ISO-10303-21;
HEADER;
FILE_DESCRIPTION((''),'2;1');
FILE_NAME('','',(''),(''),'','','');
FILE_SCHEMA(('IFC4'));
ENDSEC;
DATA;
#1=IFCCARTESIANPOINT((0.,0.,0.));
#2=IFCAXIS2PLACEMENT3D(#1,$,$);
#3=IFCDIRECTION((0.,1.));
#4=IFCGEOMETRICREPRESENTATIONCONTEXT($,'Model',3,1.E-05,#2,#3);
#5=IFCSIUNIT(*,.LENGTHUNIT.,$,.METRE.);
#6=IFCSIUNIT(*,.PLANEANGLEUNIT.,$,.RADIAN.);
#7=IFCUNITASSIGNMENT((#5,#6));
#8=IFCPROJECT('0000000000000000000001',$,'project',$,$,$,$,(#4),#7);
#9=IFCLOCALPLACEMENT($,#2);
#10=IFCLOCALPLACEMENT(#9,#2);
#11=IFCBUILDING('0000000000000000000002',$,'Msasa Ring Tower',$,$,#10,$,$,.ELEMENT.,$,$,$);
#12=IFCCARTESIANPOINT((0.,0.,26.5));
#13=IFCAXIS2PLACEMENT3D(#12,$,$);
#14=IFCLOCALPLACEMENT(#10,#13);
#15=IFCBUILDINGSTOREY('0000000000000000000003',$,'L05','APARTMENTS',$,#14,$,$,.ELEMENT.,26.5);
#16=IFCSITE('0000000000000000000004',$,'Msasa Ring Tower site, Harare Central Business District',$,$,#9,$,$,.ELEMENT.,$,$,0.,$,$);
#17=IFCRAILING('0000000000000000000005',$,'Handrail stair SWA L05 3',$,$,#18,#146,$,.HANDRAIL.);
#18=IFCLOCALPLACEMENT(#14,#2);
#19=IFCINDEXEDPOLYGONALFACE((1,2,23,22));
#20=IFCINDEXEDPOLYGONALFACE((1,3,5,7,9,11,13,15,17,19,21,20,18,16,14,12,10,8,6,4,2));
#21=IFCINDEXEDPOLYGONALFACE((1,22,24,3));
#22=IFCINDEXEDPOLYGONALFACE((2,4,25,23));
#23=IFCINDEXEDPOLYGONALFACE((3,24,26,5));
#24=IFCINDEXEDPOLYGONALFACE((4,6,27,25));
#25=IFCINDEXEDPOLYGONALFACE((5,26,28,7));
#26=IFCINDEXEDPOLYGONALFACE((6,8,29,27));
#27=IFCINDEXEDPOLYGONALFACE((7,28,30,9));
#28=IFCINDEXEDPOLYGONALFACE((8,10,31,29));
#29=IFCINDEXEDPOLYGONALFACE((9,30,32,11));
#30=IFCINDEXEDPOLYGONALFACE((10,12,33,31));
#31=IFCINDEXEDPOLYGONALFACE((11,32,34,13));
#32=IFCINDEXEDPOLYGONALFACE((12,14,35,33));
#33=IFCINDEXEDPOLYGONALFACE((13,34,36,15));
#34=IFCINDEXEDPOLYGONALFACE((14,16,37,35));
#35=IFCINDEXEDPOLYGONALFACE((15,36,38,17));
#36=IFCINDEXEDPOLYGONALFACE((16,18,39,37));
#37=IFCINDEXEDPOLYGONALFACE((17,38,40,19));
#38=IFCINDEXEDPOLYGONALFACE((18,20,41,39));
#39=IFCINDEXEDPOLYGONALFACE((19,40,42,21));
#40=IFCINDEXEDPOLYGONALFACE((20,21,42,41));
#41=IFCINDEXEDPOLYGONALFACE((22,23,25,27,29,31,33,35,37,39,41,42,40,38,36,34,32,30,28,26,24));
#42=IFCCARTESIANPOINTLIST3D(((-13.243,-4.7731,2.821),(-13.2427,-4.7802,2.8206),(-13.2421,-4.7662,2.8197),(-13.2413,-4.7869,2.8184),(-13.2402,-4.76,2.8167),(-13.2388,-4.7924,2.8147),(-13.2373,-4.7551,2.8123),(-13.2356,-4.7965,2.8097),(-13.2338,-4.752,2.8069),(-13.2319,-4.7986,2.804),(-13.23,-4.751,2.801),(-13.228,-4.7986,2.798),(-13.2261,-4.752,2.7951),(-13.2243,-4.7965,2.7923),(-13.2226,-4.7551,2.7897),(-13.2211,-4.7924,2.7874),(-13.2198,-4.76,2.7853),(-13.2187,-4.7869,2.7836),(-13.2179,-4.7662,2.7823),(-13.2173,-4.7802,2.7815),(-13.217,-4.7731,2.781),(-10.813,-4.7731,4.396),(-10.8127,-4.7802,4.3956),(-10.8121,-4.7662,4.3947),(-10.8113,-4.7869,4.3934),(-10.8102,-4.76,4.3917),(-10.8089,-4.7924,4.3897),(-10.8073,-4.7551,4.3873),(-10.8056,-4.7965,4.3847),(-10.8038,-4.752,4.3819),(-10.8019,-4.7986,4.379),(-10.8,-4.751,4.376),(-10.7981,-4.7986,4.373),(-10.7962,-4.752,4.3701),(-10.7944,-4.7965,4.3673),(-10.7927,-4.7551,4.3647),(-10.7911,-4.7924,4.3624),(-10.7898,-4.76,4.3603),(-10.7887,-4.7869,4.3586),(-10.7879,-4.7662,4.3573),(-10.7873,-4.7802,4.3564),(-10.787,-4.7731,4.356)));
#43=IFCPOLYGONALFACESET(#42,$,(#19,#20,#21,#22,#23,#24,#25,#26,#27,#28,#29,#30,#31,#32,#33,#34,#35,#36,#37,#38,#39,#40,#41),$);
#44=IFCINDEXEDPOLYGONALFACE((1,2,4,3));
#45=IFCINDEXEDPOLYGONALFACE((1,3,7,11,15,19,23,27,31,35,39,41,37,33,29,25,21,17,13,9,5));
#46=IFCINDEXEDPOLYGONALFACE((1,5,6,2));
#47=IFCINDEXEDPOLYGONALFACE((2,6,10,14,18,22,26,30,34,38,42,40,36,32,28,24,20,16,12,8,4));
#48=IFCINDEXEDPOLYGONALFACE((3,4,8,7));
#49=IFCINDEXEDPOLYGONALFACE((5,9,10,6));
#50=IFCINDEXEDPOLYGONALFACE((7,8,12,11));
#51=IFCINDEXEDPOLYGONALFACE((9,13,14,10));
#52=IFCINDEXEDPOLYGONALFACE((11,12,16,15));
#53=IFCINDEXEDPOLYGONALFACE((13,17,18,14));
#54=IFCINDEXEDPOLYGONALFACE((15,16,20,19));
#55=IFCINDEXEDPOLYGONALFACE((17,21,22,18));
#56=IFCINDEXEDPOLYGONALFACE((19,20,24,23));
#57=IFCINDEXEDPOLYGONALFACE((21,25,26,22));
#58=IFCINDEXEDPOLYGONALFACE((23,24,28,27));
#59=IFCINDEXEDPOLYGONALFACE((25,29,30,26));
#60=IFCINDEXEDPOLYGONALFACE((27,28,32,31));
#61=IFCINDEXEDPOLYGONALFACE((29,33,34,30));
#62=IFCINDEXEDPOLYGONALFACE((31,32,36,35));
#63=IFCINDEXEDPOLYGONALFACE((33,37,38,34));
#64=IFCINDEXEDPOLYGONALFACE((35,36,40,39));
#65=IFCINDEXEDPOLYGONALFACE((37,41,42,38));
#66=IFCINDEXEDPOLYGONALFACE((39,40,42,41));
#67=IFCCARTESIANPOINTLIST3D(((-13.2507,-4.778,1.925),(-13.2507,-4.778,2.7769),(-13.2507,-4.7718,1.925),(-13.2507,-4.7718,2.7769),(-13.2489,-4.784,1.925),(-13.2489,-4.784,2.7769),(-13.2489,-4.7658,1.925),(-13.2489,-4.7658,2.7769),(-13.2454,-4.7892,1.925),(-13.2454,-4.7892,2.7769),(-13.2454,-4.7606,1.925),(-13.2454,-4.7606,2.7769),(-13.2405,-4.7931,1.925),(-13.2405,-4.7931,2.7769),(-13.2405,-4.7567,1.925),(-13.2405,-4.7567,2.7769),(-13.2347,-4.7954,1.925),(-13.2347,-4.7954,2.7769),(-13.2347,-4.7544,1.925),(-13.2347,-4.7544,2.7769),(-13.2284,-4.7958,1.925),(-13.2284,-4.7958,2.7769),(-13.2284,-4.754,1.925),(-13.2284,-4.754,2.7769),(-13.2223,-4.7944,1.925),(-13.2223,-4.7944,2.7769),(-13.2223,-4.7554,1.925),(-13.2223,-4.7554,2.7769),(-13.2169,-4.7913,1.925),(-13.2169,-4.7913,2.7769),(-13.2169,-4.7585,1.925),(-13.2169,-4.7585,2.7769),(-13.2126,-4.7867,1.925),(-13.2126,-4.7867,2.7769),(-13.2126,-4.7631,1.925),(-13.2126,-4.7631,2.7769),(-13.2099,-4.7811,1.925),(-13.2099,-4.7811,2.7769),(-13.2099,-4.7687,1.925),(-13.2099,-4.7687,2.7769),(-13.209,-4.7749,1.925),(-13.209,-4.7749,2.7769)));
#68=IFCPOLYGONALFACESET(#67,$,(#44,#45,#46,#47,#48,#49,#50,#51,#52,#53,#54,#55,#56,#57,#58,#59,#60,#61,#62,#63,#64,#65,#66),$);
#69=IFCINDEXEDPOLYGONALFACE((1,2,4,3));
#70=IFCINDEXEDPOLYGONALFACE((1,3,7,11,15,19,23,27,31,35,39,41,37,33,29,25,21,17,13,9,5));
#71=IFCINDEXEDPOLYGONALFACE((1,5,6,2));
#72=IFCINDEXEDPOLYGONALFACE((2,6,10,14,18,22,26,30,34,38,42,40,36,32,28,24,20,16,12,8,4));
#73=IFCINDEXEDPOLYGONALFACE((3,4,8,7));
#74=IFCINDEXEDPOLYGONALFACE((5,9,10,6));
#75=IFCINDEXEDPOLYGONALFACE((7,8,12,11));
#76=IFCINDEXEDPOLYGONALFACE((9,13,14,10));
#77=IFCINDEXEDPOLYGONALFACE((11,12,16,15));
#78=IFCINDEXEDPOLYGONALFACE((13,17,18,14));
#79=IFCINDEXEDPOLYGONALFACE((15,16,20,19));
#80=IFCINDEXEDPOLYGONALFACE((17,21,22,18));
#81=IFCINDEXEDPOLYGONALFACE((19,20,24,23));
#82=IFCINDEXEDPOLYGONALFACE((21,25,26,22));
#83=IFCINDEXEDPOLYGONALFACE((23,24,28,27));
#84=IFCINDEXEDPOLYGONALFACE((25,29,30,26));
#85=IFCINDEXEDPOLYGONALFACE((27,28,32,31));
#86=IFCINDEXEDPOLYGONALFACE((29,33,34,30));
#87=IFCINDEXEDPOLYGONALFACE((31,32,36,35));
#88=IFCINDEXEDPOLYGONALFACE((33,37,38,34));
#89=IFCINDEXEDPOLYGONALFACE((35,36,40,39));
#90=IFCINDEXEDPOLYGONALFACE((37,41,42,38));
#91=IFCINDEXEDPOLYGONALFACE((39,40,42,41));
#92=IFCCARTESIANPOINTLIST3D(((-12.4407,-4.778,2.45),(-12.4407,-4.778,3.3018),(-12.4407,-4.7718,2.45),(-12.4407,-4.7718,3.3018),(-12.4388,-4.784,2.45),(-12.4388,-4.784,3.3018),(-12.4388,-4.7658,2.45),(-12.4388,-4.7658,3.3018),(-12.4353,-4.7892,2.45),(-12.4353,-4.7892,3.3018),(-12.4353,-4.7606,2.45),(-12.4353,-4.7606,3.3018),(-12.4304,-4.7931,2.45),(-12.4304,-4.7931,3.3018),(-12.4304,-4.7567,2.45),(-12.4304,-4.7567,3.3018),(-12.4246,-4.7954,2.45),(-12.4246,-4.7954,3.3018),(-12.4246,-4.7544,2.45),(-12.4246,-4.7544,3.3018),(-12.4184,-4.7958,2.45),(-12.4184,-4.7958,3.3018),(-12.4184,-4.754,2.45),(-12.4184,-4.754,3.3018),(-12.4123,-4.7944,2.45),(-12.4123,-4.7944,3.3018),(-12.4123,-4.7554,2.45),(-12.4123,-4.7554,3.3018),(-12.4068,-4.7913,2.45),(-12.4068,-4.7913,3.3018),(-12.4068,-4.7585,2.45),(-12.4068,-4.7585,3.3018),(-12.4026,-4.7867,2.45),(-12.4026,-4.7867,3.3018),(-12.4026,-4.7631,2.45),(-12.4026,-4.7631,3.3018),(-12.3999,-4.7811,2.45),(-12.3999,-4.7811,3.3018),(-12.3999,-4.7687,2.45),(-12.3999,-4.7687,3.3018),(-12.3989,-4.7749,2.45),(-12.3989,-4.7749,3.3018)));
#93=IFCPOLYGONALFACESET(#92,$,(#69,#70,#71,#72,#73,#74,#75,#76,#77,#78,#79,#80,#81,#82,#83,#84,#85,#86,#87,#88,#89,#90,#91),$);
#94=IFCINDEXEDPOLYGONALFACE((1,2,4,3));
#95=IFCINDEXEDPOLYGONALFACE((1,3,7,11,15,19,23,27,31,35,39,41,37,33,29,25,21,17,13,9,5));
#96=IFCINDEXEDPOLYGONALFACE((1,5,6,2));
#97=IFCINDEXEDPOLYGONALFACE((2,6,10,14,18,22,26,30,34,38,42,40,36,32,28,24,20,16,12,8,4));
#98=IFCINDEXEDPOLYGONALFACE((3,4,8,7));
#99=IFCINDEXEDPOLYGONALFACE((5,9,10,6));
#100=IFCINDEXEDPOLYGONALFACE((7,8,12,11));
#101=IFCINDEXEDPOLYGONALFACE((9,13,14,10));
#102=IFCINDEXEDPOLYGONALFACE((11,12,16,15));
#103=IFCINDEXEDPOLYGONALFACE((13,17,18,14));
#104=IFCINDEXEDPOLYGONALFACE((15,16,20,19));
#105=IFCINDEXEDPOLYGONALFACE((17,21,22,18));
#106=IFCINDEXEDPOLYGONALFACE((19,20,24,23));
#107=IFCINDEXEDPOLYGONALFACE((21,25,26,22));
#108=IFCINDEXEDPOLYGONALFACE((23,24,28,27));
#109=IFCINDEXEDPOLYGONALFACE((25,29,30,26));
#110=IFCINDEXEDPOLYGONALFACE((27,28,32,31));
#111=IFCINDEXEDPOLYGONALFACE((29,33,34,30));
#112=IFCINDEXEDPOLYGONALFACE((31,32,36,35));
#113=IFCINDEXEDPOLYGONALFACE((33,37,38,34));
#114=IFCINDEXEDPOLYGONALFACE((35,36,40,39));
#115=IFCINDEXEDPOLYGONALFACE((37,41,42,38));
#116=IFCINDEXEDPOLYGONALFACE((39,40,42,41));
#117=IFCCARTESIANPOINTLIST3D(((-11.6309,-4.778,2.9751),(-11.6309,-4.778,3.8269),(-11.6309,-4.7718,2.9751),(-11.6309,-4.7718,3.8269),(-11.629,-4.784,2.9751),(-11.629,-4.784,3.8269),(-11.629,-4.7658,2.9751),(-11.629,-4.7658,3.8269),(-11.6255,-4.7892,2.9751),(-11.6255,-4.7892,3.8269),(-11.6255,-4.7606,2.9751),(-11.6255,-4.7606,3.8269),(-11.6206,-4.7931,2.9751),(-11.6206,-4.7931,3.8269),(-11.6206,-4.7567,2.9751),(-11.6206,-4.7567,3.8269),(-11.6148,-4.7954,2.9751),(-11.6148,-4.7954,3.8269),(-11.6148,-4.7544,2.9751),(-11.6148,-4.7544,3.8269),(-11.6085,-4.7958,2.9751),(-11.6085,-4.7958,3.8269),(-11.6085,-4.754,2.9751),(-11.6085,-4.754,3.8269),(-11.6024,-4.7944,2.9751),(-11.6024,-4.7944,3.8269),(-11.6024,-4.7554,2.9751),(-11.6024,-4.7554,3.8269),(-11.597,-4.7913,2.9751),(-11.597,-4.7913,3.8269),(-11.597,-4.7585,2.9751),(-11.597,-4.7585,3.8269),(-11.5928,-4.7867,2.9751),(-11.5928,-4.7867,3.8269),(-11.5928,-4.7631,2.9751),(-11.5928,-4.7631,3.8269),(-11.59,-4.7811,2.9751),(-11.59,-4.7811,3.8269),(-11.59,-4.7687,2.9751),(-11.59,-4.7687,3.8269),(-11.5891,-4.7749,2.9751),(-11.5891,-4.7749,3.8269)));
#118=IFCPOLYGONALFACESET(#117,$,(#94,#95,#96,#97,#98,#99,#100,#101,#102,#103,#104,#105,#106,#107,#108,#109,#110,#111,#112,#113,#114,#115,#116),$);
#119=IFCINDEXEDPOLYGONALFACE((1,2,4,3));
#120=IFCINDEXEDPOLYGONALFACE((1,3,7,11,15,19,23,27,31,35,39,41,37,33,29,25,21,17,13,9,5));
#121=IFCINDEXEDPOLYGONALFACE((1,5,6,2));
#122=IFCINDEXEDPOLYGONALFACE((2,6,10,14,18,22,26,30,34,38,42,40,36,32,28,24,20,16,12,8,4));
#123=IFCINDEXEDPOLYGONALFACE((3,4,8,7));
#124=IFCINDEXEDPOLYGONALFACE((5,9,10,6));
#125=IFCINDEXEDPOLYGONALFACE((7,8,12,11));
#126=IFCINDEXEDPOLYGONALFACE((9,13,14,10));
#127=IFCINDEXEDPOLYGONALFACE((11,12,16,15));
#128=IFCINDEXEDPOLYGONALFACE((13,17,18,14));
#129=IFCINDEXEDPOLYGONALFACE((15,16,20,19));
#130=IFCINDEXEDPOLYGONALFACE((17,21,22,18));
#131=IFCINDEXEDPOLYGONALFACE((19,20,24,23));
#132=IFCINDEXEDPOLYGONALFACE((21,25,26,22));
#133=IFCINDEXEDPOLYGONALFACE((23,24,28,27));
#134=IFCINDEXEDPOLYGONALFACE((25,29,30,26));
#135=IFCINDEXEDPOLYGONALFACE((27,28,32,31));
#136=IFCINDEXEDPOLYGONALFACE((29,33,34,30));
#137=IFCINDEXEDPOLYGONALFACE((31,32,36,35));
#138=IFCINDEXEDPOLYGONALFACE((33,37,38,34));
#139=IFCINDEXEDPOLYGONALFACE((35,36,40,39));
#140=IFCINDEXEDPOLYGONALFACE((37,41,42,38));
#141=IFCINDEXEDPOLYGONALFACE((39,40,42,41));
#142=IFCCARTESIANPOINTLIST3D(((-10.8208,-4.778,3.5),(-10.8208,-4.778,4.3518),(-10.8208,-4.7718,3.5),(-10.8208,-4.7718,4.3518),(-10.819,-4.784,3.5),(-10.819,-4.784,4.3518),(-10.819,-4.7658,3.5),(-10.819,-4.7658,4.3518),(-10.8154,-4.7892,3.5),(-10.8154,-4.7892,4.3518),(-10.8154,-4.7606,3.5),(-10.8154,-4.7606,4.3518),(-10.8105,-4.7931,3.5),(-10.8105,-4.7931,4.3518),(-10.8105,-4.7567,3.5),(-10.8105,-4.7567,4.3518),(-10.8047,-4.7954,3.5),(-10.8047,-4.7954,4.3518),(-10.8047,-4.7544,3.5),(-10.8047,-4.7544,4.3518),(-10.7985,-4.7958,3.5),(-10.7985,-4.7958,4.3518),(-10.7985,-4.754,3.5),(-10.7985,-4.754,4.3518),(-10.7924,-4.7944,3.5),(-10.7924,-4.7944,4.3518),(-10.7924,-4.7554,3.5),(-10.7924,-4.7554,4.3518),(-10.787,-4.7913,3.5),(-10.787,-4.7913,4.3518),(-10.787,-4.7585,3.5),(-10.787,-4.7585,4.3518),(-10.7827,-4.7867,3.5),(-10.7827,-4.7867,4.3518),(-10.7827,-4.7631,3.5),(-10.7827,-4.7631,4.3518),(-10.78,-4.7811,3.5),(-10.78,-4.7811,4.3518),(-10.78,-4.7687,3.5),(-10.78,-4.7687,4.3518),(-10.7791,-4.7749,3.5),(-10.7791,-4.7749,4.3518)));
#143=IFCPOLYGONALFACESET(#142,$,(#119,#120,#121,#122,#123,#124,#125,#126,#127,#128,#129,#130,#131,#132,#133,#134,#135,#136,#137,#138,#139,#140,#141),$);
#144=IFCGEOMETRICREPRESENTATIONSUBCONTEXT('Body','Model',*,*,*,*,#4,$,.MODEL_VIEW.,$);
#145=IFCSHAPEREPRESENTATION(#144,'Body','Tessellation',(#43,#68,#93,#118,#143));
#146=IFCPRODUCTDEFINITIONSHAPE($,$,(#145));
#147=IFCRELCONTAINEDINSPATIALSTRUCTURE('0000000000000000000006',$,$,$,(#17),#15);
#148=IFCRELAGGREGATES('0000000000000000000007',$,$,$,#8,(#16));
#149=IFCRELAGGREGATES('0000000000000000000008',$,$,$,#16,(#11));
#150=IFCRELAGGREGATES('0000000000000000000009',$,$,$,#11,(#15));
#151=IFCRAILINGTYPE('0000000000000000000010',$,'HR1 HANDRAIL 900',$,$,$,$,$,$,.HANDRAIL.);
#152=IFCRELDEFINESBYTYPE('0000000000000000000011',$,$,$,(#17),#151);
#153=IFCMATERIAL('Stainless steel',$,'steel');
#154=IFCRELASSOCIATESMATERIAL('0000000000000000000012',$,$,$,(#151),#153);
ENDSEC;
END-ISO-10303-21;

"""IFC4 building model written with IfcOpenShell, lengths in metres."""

from ifc_helpers import new_model, si_unit, direction, frame, origin, origin_2d, place, context, subcontext, project, spatial, circle, extrude, material, type_object, element, save


model = new_model("IFC4")

# Units and contexts
model_context = context("Model", 3, precision=1e-05, world=origin(), true_north=direction((0.0, 1.0)))
body_context = subcontext(model_context, "Body", "Model", "MODEL_VIEW")
ifc_project = project(units=[si_unit("LENGTHUNIT", "METRE"), si_unit("PLANEANGLEUNIT", "RADIAN")], contexts=[model_context])

# Site, building, storey
site_placement = place(None, origin())
site = spatial("IfcSite", under=ifc_project, at=site_placement, Name="Msasa Ring Tower site, Harare Central Business District", CompositionType="ELEMENT", RefElevation=0.0)
building_placement = place(site_placement, origin())
building = spatial("IfcBuilding", under=site, at=building_placement, Name="Msasa Ring Tower", CompositionType="ELEMENT")
storey_placement = place(building_placement, frame((0.0, 0.0, 26.5)))
storey = spatial("IfcBuildingStorey", under=building, at=storey_placement, Name="L05", Description="APARTMENTS", CompositionType="ELEMENT", Elevation=26.5)

# Railing
ifc_material_1 = material(Name="Stainless steel", Category="steel")
railing_type = type_object("IfcRailingType", Name="HR1 HANDRAIL 900", PredefinedType="HANDRAIL", material=ifc_material_1)
for number, where, name in (
    (1, (-13.23, -4.7749, 1.925), "Handrail stair SWA L05 3"),
):
    element("IfcRailing", number, at=place(storey_placement, frame(where)), inside=storey, type_object=railing_type, Name=name, PredefinedType="HANDRAIL", context=body_context, shape_type="SweptSolid", body=[
        extrude(circle(Radius=0.0239, at=origin_2d()), frame((0.0, 0.0, 0.876), z_axis=(0.839154, 0.0, 0.543894), x_axis=(0.0, 1.0, 0.0)), (0.0, 0.0, 1.0), 2.8958),
        extrude(circle(Radius=0.021, at=origin_2d()), origin(), (0.0, 0.0, 1.0), 0.8518),
        extrude(circle(Radius=0.021, at=origin_2d()), frame((0.8101, 0.0, 0.5249)), (0.0, 0.0, 1.0), 0.8518),
        extrude(circle(Radius=0.021, at=origin_2d()), frame((1.6199, 0.0, 1.05)), (0.0, 0.0, 1.0), 0.8518),
        extrude(circle(Radius=0.021, at=origin_2d()), frame((2.4299, 0.0, 1.575)), (0.0, 0.0, 1.0), 0.8518),
    ])

save(model, "model.ifc")
